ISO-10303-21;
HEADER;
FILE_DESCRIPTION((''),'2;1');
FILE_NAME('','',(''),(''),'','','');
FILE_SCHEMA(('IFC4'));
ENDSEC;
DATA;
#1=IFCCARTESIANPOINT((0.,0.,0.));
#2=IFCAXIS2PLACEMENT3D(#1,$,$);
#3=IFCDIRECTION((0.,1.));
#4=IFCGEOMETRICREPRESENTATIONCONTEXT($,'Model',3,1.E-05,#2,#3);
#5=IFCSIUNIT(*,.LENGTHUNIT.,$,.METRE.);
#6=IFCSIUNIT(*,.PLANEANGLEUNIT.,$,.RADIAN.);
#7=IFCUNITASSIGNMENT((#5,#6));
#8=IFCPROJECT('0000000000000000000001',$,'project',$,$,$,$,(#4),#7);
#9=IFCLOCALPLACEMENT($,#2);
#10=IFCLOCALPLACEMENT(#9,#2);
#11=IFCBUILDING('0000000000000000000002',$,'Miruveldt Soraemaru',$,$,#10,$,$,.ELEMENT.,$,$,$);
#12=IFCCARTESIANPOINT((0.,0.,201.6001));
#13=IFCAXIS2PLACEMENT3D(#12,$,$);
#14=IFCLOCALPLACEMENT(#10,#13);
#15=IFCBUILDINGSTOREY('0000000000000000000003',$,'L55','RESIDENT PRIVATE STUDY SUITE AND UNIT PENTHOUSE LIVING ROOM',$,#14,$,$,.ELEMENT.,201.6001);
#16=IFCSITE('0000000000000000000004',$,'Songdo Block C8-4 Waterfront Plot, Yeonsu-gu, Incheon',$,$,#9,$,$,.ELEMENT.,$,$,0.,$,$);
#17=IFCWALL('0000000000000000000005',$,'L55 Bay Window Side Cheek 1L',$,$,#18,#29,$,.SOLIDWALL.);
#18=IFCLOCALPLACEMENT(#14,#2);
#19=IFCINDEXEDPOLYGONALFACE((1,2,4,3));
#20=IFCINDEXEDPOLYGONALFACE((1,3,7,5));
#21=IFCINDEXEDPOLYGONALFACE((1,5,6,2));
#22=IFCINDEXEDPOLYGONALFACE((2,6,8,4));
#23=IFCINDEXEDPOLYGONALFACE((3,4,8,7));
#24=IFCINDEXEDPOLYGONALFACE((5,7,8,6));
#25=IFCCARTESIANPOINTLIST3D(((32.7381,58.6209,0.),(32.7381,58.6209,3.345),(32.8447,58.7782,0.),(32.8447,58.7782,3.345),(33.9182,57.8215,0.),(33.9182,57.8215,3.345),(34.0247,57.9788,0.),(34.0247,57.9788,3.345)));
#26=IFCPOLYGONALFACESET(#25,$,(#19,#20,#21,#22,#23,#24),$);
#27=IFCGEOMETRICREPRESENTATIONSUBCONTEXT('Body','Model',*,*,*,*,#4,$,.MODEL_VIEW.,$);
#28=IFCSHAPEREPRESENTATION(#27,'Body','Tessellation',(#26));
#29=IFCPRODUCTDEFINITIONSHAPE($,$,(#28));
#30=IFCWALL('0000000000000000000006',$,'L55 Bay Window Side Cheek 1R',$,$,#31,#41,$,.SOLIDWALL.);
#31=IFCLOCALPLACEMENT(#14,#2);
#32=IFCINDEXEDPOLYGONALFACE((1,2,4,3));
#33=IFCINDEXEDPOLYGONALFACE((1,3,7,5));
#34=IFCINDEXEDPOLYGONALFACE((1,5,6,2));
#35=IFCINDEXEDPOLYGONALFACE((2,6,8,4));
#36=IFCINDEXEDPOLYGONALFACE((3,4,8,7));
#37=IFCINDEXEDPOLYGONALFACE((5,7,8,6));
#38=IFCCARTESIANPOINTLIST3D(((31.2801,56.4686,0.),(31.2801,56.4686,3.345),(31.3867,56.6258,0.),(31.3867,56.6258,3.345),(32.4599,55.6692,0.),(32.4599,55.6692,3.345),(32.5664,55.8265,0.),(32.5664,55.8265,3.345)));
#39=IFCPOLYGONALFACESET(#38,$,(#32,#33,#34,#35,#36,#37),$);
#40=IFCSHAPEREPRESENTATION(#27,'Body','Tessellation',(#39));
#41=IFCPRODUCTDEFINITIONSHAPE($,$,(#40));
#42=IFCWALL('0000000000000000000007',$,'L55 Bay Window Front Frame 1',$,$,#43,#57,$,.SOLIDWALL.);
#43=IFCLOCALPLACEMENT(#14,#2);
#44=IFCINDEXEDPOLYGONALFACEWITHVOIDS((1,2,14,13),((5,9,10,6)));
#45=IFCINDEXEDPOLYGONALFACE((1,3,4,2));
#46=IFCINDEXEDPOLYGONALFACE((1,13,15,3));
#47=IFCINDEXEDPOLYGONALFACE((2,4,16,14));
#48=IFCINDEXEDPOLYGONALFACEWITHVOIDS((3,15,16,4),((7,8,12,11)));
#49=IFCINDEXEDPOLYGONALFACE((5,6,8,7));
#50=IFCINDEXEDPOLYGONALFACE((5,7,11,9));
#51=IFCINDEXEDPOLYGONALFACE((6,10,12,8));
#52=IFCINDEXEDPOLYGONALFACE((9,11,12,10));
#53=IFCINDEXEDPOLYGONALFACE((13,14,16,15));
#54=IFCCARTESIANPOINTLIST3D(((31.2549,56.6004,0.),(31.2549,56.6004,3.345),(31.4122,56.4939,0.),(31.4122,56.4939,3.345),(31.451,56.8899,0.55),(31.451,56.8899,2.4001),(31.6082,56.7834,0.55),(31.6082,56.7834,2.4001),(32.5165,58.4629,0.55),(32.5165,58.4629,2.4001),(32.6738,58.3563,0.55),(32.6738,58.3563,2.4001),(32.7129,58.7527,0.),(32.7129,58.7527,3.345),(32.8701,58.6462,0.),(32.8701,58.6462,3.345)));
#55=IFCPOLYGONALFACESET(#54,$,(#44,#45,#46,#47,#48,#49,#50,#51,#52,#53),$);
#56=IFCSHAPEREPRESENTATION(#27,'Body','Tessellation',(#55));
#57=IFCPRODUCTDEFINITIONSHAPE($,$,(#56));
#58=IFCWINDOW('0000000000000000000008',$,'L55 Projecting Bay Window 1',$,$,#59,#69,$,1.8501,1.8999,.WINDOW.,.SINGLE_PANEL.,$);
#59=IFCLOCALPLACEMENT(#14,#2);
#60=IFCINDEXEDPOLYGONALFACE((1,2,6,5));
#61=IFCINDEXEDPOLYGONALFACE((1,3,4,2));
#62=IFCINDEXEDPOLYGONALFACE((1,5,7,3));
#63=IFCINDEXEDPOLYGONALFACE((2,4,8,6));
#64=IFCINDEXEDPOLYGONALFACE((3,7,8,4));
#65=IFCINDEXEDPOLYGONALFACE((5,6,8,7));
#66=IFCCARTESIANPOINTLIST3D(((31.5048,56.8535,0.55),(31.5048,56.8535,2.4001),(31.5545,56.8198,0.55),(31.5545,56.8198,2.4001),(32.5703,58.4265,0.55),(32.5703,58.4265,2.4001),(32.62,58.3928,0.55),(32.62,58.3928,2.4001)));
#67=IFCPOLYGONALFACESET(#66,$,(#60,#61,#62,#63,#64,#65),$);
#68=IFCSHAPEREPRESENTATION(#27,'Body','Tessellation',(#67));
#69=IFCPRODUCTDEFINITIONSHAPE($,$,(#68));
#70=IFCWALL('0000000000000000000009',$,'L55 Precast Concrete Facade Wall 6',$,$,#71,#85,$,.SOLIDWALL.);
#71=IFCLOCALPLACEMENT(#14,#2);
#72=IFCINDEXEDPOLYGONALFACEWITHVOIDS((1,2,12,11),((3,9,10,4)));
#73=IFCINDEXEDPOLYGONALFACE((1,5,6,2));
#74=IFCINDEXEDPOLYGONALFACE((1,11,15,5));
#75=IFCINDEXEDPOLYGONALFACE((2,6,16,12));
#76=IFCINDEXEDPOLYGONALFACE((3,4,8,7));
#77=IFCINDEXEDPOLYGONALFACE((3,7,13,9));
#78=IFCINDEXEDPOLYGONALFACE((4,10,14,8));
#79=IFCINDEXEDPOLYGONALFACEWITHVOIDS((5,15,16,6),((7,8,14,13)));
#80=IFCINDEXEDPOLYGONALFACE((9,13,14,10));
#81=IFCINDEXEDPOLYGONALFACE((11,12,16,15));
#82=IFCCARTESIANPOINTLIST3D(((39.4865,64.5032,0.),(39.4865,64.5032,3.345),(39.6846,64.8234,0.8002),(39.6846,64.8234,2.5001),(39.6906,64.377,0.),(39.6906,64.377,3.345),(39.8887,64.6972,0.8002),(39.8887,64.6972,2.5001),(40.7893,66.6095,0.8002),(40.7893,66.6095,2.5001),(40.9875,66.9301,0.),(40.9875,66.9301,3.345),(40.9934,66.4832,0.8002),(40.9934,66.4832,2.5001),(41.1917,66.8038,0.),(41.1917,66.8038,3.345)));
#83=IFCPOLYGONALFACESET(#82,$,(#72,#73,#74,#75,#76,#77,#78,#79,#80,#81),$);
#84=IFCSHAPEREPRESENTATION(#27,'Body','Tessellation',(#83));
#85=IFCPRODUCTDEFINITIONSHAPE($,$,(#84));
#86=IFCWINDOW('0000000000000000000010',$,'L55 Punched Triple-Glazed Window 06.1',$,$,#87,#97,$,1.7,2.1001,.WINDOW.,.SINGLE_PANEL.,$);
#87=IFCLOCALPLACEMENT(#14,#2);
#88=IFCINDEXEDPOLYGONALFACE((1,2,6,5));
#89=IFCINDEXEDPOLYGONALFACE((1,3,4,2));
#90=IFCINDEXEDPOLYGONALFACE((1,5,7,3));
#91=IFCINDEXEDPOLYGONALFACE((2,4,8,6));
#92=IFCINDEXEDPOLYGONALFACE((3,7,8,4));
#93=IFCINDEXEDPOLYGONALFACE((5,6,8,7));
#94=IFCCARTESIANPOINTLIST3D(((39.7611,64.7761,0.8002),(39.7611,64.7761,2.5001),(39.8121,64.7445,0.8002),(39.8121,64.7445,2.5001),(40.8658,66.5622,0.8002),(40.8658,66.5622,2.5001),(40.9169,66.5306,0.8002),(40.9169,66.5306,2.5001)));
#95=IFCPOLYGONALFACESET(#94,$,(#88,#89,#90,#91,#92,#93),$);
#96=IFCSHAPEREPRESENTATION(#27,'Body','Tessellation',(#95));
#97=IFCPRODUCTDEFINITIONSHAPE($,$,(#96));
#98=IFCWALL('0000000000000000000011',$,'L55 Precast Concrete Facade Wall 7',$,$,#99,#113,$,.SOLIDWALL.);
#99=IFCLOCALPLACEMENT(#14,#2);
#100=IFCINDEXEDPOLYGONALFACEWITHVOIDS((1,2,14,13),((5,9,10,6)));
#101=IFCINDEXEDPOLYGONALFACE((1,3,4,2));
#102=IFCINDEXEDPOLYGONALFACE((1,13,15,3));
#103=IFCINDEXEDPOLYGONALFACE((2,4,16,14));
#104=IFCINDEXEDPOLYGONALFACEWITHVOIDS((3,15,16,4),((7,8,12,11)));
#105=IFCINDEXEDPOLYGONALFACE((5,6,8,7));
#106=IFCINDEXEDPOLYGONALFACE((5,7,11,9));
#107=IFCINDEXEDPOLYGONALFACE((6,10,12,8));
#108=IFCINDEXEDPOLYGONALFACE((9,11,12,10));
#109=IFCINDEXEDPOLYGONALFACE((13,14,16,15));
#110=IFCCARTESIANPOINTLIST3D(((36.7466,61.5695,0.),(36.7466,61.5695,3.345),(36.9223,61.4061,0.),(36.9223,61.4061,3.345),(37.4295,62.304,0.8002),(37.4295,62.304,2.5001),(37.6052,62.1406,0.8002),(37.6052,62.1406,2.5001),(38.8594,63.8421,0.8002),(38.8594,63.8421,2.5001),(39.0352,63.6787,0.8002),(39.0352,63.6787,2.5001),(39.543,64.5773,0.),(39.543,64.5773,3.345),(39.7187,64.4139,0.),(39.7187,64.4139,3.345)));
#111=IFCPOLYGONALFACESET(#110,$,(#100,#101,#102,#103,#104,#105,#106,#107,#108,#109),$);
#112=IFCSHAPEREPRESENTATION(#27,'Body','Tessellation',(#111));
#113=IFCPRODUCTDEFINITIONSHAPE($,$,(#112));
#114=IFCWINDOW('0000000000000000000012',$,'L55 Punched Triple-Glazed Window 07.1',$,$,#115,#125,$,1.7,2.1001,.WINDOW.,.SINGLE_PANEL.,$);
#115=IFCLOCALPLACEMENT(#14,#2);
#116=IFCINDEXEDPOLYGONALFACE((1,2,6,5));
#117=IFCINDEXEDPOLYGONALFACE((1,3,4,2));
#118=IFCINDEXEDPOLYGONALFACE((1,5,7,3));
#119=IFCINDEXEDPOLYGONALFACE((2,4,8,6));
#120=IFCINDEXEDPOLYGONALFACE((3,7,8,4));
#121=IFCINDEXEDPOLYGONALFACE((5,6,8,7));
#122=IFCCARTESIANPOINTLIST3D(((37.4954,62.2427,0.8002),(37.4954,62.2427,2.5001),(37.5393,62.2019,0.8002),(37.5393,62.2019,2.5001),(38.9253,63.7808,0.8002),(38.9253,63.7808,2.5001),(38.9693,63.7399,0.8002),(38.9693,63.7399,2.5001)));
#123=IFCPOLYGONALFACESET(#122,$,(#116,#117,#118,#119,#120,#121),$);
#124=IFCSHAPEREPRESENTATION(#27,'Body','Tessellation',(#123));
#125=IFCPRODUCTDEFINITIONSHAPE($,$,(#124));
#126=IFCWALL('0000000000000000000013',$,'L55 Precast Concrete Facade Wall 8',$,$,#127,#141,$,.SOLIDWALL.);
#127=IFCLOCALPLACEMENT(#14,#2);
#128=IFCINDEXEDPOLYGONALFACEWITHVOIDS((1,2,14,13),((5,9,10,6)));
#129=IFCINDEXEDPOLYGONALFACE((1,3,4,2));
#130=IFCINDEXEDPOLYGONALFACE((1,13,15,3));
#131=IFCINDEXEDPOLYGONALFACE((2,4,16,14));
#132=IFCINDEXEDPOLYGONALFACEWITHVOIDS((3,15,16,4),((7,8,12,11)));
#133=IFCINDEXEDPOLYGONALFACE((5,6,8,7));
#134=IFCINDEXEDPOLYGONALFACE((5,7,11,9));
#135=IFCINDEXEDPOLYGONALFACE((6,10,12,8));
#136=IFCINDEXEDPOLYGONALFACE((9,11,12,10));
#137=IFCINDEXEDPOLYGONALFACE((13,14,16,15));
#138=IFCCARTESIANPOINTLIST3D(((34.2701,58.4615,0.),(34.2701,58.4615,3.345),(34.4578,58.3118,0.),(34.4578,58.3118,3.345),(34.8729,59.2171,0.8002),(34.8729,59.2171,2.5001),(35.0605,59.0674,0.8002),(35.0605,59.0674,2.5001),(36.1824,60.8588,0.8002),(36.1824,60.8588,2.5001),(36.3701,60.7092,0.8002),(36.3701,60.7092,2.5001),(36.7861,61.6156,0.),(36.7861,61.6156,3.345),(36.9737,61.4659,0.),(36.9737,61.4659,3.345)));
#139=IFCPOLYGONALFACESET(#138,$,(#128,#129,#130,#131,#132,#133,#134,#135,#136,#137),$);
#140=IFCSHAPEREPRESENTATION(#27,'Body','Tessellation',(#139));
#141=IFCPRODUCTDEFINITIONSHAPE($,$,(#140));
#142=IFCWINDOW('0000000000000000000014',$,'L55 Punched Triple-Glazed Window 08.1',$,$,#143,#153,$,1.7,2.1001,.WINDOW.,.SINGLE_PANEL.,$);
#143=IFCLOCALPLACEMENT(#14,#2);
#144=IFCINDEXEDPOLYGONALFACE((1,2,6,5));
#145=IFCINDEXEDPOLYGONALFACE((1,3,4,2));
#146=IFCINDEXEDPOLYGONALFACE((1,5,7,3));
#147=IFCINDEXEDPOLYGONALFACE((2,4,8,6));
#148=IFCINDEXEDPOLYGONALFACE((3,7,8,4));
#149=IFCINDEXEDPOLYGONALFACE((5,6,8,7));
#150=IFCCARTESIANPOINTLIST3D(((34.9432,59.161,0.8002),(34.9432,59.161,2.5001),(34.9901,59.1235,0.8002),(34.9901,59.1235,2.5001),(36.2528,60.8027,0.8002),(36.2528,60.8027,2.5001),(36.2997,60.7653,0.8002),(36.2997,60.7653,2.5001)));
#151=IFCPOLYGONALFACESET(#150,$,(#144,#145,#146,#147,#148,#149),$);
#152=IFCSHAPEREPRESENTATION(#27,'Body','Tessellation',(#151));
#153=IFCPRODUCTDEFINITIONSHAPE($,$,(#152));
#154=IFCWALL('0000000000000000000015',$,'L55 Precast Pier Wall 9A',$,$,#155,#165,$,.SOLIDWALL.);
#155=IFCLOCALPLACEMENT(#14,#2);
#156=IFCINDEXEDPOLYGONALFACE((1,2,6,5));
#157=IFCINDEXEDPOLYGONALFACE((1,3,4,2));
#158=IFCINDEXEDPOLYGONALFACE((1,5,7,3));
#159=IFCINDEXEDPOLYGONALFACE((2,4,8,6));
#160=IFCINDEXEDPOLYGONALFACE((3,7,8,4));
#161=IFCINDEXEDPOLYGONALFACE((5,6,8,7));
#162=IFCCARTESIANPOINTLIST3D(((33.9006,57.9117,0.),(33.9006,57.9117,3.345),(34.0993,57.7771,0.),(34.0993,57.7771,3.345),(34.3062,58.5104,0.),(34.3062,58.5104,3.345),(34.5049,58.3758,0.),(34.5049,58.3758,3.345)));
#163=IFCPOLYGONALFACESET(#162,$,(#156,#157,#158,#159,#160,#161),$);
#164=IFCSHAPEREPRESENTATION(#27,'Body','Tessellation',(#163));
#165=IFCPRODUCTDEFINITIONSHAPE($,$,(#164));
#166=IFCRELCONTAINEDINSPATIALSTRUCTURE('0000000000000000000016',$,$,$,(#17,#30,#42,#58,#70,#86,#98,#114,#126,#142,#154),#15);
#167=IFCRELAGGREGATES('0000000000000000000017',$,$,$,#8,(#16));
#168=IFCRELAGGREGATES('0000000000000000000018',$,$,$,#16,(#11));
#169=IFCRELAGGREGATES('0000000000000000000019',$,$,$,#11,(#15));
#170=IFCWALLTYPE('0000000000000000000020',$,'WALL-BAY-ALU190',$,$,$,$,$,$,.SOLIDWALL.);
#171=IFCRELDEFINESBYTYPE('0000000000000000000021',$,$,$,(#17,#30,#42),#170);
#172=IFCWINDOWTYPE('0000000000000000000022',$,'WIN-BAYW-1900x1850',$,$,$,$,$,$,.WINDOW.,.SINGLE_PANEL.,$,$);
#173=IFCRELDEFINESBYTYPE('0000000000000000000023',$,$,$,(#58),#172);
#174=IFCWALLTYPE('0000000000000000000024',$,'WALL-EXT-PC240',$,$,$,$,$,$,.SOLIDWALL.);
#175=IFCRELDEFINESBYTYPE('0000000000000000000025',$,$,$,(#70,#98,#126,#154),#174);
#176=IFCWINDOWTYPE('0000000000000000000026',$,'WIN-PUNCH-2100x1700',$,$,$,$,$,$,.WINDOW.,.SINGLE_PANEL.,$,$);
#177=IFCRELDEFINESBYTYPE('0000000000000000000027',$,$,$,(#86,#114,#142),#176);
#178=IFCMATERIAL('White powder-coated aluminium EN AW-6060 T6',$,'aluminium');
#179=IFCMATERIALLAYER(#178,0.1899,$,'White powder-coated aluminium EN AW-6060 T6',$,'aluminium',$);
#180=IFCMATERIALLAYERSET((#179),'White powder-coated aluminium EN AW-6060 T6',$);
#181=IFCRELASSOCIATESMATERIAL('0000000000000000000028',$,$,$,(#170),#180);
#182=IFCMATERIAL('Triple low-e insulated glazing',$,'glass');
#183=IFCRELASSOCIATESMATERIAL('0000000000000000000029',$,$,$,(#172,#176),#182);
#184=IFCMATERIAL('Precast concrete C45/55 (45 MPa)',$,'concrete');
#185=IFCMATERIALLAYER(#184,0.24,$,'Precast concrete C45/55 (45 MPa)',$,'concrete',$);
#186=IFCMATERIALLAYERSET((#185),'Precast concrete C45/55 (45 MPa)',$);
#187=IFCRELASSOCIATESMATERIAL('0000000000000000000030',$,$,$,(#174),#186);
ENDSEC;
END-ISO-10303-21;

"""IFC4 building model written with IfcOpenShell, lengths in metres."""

from ifc_helpers import new_model, si_unit, direction, frame, frame_2d, origin, place, context, subcontext, project, spatial, rectangle, extrude, material, layer, layer_set, type_object, element, fill, save


model = new_model("IFC4")

# Units and contexts
model_context = context("Model", 3, precision=1e-05, world=origin(), true_north=direction((0.0, 1.0)))
body_context = subcontext(model_context, "Body", "Model", "MODEL_VIEW")
ifc_project = project(units=[si_unit("LENGTHUNIT", "METRE"), si_unit("PLANEANGLEUNIT", "RADIAN")], contexts=[model_context])

# Site, building, storey
site_placement = place(None, origin())
site = spatial("IfcSite", under=ifc_project, at=site_placement, Name="Songdo Block C8-4 Waterfront Plot, Yeonsu-gu, Incheon", CompositionType="ELEMENT", RefElevation=0.0)
building_placement = place(site_placement, origin())
building = spatial("IfcBuilding", under=site, at=building_placement, Name="Miruveldt Soraemaru", CompositionType="ELEMENT")
storey_placement = place(building_placement, frame((0.0, 0.0, 201.6001)))
storey = spatial("IfcBuildingStorey", under=building, at=storey_placement, Name="L55", Description="RESIDENT PRIVATE STUDY SUITE AND UNIT PENTHOUSE LIVING ROOM", CompositionType="ELEMENT", Elevation=201.6001)

# Walls
ifc_material_1 = material(Name="White powder-coated aluminium EN AW-6060 T6", Category="aluminium")
ifc_layer_1 = layer(ifc_material_1, 0.1899, Name="White powder-coated aluminium EN AW-6060 T6", Category="aluminium")
ifc_layer_set_1 = layer_set([ifc_layer_1], Name="White powder-coated aluminium EN AW-6060 T6")
wall_type_1 = type_object("IfcWallType", Name="WALL-BAY-ALU190", PredefinedType="SOLIDWALL", material=ifc_layer_set_1)
wall_1_placement = place(storey_placement, frame((33.9714, 57.9001, 0.0), z_axis=(0.0, 0.0, 1.0), x_axis=(-0.827916, 0.560852, 0.0)))
element("IfcWall", 1, at=wall_1_placement, inside=storey, type_object=wall_type_1, Name="L55 Bay Window Side Cheek 1L", PredefinedType="SOLIDWALL", context=body_context, shape_type="SweptSolid", body=[
    extrude(rectangle(XDim=1.4253, YDim=0.1899, at=frame_2d((0.7126, 0.0))), origin(), (0.0, 0.0, 1.0), 3.345),
])
wall_2_placement = place(storey_placement, frame((31.3335, 56.5471, 0.0), z_axis=(0.0, 0.0, 1.0), x_axis=(0.827862, -0.560931, 0.0)))
element("IfcWall", 2, at=wall_2_placement, inside=storey, type_object=wall_type_1, Name="L55 Bay Window Side Cheek 1R", PredefinedType="SOLIDWALL", context=body_context, shape_type="SweptSolid", body=[
    extrude(rectangle(XDim=1.425, YDim=0.1899, at=frame_2d((0.7124, 0.0))), origin(), (0.0, 0.0, 1.0), 3.345),
])

# Walls, openings, windows
wall_3_placement = place(storey_placement, frame((32.7915, 58.6995, 0.0), z_axis=(0.0, 0.0, 1.0), x_axis=(-0.56084, -0.827924, 0.0)))
wall_3 = element("IfcWall", 3, at=wall_3_placement, inside=storey, type_object=wall_type_1, Name="L55 Bay Window Front Frame 1", PredefinedType="SOLIDWALL", context=body_context, shape_type="SweptSolid", body=[
    extrude(rectangle(XDim=2.5996, YDim=0.1899, at=frame_2d((1.2998, 0.0))), origin(), (0.0, 0.0, 1.0), 3.345),
])
opening_1_placement = place(wall_3_placement, frame((0.3501, 0.0, 0.55)))
opening_1 = element("IfcOpeningElement", 4, at=opening_1_placement, cuts=wall_3, PredefinedType="OPENING", context=body_context, shape_type="SweptSolid", body=[
    extrude(rectangle(XDim=1.8999, YDim=1.8501, at=frame_2d((0.95, 0.925))), frame((0.0, 0.105, 0.0), z_axis=(0.0, -1.0, 0.0), x_axis=(1.0, 0.0, 0.0)), (0.0, 0.0, 1.0), 0.21),
])
ifc_material_2 = material(Name="Triple low-e insulated glazing", Category="glass")
window_type_1 = type_object("IfcWindowType", Name="WIN-BAYW-1900x1850", PartitioningType="SINGLE_PANEL", PredefinedType="WINDOW", material=ifc_material_2)
window_1_placement = place(opening_1_placement, origin())
window_1 = element("IfcWindow", 5, at=window_1_placement, inside=storey, type_object=window_type_1, Name="L55 Projecting Bay Window 1", OverallHeight=1.8501, OverallWidth=1.8999, PartitioningType="SINGLE_PANEL", PredefinedType="WINDOW", context=body_context, shape_type="SweptSolid", body=[
    extrude(rectangle(XDim=1.8999, YDim=1.8501, at=frame_2d((0.95, 0.925))), frame((0.0, 0.03, 0.0), z_axis=(0.0, -1.0, 0.0), x_axis=(1.0, 0.0, 0.0)), (0.0, 0.0, 1.0), 0.0601),
])
fill(opening_1, window_1)
ifc_material_3 = material(Name="Precast concrete C45/55 (45 MPa)", Category="concrete")
ifc_layer_2 = layer(ifc_material_3, 0.24, Name="Precast concrete C45/55 (45 MPa)", Category="concrete")
ifc_layer_set_2 = layer_set([ifc_layer_2], Name="Precast concrete C45/55 (45 MPa)")
wall_type_2 = type_object("IfcWallType", Name="WALL-EXT-PC240", PredefinedType="SOLIDWALL", material=ifc_layer_set_2)
wall_4_placement = place(storey_placement, frame((41.0896, 66.8669, 0.0), z_axis=(0.0, 0.0, 1.0), x_axis=(-0.526025, -0.850469, 0.0)))
wall_4 = element("IfcWall", 6, at=wall_4_placement, inside=storey, type_object=wall_type_2, Name="L55 Precast Concrete Facade Wall 6", PredefinedType="SOLIDWALL", context=body_context, shape_type="SweptSolid", body=[
    extrude(rectangle(XDim=2.8535, YDim=0.24, at=frame_2d((1.4268, 0.0))), origin(), (0.0, 0.0, 1.0), 3.345),
])
opening_2_placement = place(wall_4_placement, frame((0.377, 0.0, 0.8)))
opening_2 = element("IfcOpeningElement", 7, at=opening_2_placement, cuts=wall_4, PredefinedType="OPENING", context=body_context, shape_type="SweptSolid", body=[
    extrude(rectangle(XDim=2.1001, YDim=1.7, at=frame_2d((1.05, 0.8501))), frame((0.0, 0.1299, 0.0), z_axis=(0.0, -1.0, 0.0), x_axis=(1.0, 0.0, 0.0)), (0.0, 0.0, 1.0), 0.26),
])
window_type_2 = type_object("IfcWindowType", Name="WIN-PUNCH-2100x1700", PartitioningType="SINGLE_PANEL", PredefinedType="WINDOW", material=ifc_material_2)
window_2_placement = place(opening_2_placement, origin())
window_2 = element("IfcWindow", 8, at=window_2_placement, inside=storey, type_object=window_type_2, Name="L55 Punched Triple-Glazed Window 06.1", OverallHeight=1.7, OverallWidth=2.1001, PartitioningType="SINGLE_PANEL", PredefinedType="WINDOW", context=body_context, shape_type="SweptSolid", body=[
    extrude(rectangle(XDim=2.1001, YDim=1.7, at=frame_2d((1.05, 0.8501))), frame((0.0, 0.03, 0.0), z_axis=(0.0, -1.0, 0.0), x_axis=(1.0, 0.0, 0.0)), (0.0, 0.0, 1.0), 0.0601),
])
fill(opening_2, window_2)
wall_5_placement = place(storey_placement, frame((39.6309, 64.4956, 0.0), z_axis=(0.0, 0.0, 1.0), x_axis=(-0.680898, -0.732378, 0.0)))
wall_5 = element("IfcWall", 9, at=wall_5_placement, inside=storey, type_object=wall_type_2, Name="L55 Precast Concrete Facade Wall 7", PredefinedType="SOLIDWALL", context=body_context, shape_type="SweptSolid", body=[
    extrude(rectangle(XDim=4.1069, YDim=0.24, at=frame_2d((2.0535, 0.0))), origin(), (0.0, 0.0, 1.0), 3.345),
])
opening_3_placement = place(wall_5_placement, frame((1.0039, 0.0, 0.8)))
opening_3 = element("IfcOpeningElement", 10, at=opening_3_placement, cuts=wall_5, PredefinedType="OPENING", context=body_context, shape_type="SweptSolid", body=[
    extrude(rectangle(XDim=2.1001, YDim=1.7, at=frame_2d((1.05, 0.8501))), frame((0.0, 0.1299, 0.0), z_axis=(0.0, -1.0, 0.0), x_axis=(1.0, 0.0, 0.0)), (0.0, 0.0, 1.0), 0.26),
])
window_3_placement = place(opening_3_placement, origin())
window_3 = element("IfcWindow", 11, at=window_3_placement, inside=storey, type_object=window_type_2, Name="L55 Punched Triple-Glazed Window 07.1", OverallHeight=1.7, OverallWidth=2.1001, PartitioningType="SINGLE_PANEL", PredefinedType="WINDOW", context=body_context, shape_type="SweptSolid", body=[
    extrude(rectangle(XDim=2.1001, YDim=1.7, at=frame_2d((1.05, 0.8501))), frame((0.0, 0.03, 0.0), z_axis=(0.0, -1.0, 0.0), x_axis=(1.0, 0.0, 0.0)), (0.0, 0.0, 1.0), 0.0601),
])
fill(opening_3, window_3)
wall_6_placement = place(storey_placement, frame((36.8799, 61.5408, 0.0), z_axis=(0.0, 0.0, 1.0), x_axis=(-0.62358, -0.781759, 0.0)))
wall_6 = element("IfcWall", 12, at=wall_6_placement, inside=storey, type_object=wall_type_2, Name="L55 Precast Concrete Facade Wall 8", PredefinedType="SOLIDWALL", context=body_context, shape_type="SweptSolid", body=[
    extrude(rectangle(XDim=4.0347, YDim=0.24, at=frame_2d((2.0173, 0.0))), origin(), (0.0, 0.0, 1.0), 3.345),
])
opening_4_placement = place(wall_6_placement, frame((0.968, 0.0, 0.8)))
opening_4 = element("IfcOpeningElement", 13, at=opening_4_placement, cuts=wall_6, PredefinedType="OPENING", context=body_context, shape_type="SweptSolid", body=[
    extrude(rectangle(XDim=2.1001, YDim=1.7, at=frame_2d((1.05, 0.8501))), frame((0.0, 0.1299, 0.0), z_axis=(0.0, -1.0, 0.0), x_axis=(1.0, 0.0, 0.0)), (0.0, 0.0, 1.0), 0.26),
])
window_4_placement = place(opening_4_placement, origin())
window_4 = element("IfcWindow", 14, at=window_4_placement, inside=storey, type_object=window_type_2, Name="L55 Punched Triple-Glazed Window 08.1", OverallHeight=1.7, OverallWidth=2.1001, PartitioningType="SINGLE_PANEL", PredefinedType="WINDOW", context=body_context, shape_type="SweptSolid", body=[
    extrude(rectangle(XDim=2.1001, YDim=1.7, at=frame_2d((1.05, 0.8501))), frame((0.0, 0.03, 0.0), z_axis=(0.0, -1.0, 0.0), x_axis=(1.0, 0.0, 0.0)), (0.0, 0.0, 1.0), 0.0601),
])
fill(opening_4, window_4)

# Wall
wall_7_placement = place(storey_placement, frame((34.4055, 58.4431, 0.0), z_axis=(0.0, 0.0, 1.0), x_axis=(-0.560841, -0.827924, 0.0)))
element("IfcWall", 15, at=wall_7_placement, inside=storey, type_object=wall_type_2, Name="L55 Precast Pier Wall 9A", PredefinedType="SOLIDWALL", context=body_context, shape_type="SweptSolid", body=[
    extrude(rectangle(XDim=0.7231, YDim=0.24, at=frame_2d((0.3616, 0.0))), origin(), (0.0, 0.0, 1.0), 3.345),
])

save(model, "model.ifc")
